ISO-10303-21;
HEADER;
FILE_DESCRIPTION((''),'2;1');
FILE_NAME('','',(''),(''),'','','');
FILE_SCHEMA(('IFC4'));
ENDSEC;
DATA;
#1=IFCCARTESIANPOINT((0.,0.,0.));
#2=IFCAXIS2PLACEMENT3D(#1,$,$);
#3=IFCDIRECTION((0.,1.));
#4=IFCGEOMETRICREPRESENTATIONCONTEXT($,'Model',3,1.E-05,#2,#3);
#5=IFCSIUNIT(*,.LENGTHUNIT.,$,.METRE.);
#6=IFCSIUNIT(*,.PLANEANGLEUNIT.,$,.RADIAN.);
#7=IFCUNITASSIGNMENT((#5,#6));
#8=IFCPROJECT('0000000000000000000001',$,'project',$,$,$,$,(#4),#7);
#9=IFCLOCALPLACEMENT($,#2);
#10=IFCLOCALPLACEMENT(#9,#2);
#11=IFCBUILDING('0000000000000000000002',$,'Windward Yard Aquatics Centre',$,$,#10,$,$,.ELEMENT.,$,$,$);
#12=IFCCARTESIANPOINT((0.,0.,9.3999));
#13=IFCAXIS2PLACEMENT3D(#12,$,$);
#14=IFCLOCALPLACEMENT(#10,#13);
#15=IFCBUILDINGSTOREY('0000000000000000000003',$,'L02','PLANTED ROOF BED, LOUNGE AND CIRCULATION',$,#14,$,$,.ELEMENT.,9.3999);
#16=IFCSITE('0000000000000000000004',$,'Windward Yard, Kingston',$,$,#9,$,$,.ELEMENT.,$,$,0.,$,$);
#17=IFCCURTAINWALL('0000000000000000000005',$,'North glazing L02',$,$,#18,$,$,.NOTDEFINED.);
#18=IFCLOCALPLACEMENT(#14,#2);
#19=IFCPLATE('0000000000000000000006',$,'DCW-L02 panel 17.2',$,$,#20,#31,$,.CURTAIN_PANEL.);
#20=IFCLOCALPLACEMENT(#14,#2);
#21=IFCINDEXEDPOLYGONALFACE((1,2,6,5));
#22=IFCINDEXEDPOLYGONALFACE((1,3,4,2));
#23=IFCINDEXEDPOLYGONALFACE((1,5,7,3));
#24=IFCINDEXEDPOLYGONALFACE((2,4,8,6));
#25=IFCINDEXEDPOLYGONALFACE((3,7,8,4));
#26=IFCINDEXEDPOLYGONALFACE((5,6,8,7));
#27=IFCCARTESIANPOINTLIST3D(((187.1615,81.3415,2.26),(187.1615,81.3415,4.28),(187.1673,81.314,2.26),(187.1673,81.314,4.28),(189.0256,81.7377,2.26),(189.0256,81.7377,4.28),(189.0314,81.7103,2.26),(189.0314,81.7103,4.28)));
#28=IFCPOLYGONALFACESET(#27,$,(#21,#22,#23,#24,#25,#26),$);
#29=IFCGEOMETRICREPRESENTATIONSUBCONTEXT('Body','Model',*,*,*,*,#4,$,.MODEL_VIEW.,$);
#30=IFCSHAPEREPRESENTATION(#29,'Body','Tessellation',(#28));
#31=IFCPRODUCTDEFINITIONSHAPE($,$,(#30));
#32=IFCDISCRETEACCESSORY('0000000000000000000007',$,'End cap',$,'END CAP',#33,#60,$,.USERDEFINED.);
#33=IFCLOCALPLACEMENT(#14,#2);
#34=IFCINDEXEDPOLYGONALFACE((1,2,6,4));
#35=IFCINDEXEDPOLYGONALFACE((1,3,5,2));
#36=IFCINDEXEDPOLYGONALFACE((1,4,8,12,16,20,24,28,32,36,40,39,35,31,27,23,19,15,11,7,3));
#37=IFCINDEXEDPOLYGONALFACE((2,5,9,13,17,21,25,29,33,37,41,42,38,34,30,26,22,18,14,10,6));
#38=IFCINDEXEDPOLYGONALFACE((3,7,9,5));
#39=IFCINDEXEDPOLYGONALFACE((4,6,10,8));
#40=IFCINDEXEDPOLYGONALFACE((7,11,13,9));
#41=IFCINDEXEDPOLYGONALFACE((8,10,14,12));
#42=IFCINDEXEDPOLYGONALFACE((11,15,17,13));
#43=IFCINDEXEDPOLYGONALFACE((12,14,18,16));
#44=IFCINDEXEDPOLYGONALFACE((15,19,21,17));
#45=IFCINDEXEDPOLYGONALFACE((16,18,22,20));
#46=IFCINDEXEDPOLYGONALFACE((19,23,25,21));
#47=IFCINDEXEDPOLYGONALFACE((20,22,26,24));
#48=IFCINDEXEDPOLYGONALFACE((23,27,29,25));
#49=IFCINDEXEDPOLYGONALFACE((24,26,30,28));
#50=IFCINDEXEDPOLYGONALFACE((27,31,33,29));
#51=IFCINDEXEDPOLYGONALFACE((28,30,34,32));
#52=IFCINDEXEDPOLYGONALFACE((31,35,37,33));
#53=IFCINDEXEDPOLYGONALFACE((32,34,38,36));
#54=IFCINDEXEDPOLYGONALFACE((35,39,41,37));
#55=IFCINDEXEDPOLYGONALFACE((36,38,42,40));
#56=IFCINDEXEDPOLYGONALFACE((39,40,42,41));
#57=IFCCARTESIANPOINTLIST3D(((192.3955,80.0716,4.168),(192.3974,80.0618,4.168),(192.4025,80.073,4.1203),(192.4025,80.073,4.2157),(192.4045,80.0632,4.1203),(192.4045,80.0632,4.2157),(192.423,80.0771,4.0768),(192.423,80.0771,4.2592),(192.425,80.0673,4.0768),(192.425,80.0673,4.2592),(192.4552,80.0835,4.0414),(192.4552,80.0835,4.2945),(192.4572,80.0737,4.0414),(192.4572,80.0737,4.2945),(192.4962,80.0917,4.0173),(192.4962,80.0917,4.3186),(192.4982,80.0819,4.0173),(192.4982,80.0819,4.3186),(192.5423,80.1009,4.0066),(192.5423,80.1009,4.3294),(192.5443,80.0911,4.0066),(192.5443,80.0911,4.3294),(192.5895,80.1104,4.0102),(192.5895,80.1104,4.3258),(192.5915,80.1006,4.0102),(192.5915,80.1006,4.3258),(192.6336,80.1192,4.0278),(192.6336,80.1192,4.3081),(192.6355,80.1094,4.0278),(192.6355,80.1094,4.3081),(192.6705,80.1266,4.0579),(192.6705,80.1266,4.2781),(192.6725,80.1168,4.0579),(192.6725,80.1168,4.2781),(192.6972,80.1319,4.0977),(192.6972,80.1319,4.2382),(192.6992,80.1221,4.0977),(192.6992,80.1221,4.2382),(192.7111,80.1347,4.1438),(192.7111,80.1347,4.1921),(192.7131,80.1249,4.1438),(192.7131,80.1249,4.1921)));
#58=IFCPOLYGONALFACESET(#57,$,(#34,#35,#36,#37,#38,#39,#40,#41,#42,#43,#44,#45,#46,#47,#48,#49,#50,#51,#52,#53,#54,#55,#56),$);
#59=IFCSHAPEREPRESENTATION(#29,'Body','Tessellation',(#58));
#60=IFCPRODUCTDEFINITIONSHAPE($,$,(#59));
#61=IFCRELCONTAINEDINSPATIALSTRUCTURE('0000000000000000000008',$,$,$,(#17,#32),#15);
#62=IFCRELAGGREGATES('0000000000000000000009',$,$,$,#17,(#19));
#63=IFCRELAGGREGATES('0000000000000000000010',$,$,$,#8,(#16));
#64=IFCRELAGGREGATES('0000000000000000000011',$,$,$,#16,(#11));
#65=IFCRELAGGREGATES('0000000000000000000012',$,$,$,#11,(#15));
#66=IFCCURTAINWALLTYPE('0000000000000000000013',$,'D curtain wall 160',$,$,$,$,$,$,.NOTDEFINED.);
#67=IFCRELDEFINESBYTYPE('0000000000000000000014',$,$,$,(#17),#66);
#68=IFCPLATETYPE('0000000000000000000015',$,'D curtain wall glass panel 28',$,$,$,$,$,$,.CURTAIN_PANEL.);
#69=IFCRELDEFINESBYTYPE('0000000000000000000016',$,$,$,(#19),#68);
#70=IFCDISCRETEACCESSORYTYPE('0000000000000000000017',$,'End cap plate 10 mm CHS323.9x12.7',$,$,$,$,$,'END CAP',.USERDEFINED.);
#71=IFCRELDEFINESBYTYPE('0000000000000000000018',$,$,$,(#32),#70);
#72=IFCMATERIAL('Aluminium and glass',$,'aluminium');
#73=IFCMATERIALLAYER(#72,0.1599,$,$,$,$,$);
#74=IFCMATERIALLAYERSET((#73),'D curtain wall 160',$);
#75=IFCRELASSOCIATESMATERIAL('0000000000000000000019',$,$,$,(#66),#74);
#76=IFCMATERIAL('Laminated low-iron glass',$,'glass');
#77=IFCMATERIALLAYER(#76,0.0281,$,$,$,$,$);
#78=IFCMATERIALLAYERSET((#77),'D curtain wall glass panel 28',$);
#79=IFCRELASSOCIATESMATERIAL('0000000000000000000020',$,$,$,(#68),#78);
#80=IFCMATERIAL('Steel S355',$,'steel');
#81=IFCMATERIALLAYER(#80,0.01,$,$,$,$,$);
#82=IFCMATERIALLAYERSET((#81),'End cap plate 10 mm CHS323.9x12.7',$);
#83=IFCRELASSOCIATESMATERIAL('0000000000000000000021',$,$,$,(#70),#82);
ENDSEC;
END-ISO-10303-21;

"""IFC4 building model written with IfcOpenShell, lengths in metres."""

from ifc_helpers import new_model, si_unit, direction, frame, origin, origin_2d, place, context, subcontext, project, spatial, rectangle, circle, extrude, material, layer, layer_set, type_object, element, aggregate, save


model = new_model("IFC4")

# Units and contexts
model_context = context("Model", 3, precision=1e-05, world=origin(), true_north=direction((0.0, 1.0)))
body_context = subcontext(model_context, "Body", "Model", "MODEL_VIEW")
ifc_project = project(units=[si_unit("LENGTHUNIT", "METRE"), si_unit("PLANEANGLEUNIT", "RADIAN")], contexts=[model_context])

# Site, building, storey
site_placement = place(None, origin())
site = spatial("IfcSite", under=ifc_project, at=site_placement, Name="Windward Yard, Kingston", CompositionType="ELEMENT", RefElevation=0.0)
building_placement = place(site_placement, origin())
building = spatial("IfcBuilding", under=site, at=building_placement, Name="Windward Yard Aquatics Centre", CompositionType="ELEMENT")
storey_placement = place(building_placement, frame((0.0, 0.0, 9.3999)))
storey = spatial("IfcBuildingStorey", under=building, at=storey_placement, Name="L02", Description="PLANTED ROOF BED, LOUNGE AND CIRCULATION", CompositionType="ELEMENT", Elevation=9.3999)

# Curtain wall, plate
ifc_material_1 = material(Name="Aluminium and glass", Category="aluminium")
ifc_layer_1 = layer(ifc_material_1, 0.1599)
ifc_layer_set_1 = layer_set([ifc_layer_1], Name="D curtain wall 160")
curtain_wall_type = type_object("IfcCurtainWallType", Name="D curtain wall 160", PredefinedType="NOTDEFINED", material=ifc_layer_set_1)
curtain_wall_placement = place(storey_placement, origin())
curtain_wall = element("IfcCurtainWall", 1, at=curtain_wall_placement, inside=storey, type_object=curtain_wall_type, Name="North glazing L02", PredefinedType="NOTDEFINED")
ifc_material_2 = material(Name="Laminated low-iron glass", Category="glass")
ifc_layer_2 = layer(ifc_material_2, 0.0281)
ifc_layer_set_2 = layer_set([ifc_layer_2], Name="D curtain wall glass panel 28")
plate_type = type_object("IfcPlateType", Name="D curtain wall glass panel 28", PredefinedType="CURTAIN_PANEL", material=ifc_layer_set_2)
plate_1_placement = place(storey_placement, frame((188.0964, 81.5259, 2.26), z_axis=(0.0, 0.0, 1.0), x_axis=(0.978148, 0.207912, 0.0)))
plate_1 = element("IfcPlate", 2, at=plate_1_placement, type_object=plate_type, Name="DCW-L02 panel 17.2", PredefinedType="CURTAIN_PANEL", context=body_context, shape_type="SweptSolid", body=[
    extrude(rectangle(XDim=1.9058, YDim=0.0281, at=origin_2d()), origin(), (0.0, 0.0, 1.0), 2.02),
])
aggregate(curtain_wall, [plate_1])

# Discrete accessory
ifc_material_3 = material(Name="Steel S355", Category="steel")
ifc_layer_3 = layer(ifc_material_3, 0.01)
ifc_layer_set_3 = layer_set([ifc_layer_3], Name="End cap plate 10 mm CHS323.9x12.7")
discrete_accessory_type = type_object("IfcDiscreteAccessoryType", Name="End cap plate 10 mm CHS323.9x12.7", ElementType="END CAP", PredefinedType="USERDEFINED", material=ifc_layer_set_3)
discrete_accessory_placement = place(storey_placement, frame((192.5562, 80.0935, 4.168), z_axis=(-0.196116, 0.980581, 0.0), x_axis=(-0.980581, -0.196116, 0.0)))
element("IfcDiscreteAccessory", 3, at=discrete_accessory_placement, inside=storey, type_object=discrete_accessory_type, Name="End cap", ObjectType="END CAP", PredefinedType="USERDEFINED", context=body_context, shape_type="SweptSolid", body=[
    extrude(circle(Radius=0.1619, at=origin_2d()), origin(), (0.0, 0.0, 1.0), 0.01),
])

save(model, "model.ifc")
